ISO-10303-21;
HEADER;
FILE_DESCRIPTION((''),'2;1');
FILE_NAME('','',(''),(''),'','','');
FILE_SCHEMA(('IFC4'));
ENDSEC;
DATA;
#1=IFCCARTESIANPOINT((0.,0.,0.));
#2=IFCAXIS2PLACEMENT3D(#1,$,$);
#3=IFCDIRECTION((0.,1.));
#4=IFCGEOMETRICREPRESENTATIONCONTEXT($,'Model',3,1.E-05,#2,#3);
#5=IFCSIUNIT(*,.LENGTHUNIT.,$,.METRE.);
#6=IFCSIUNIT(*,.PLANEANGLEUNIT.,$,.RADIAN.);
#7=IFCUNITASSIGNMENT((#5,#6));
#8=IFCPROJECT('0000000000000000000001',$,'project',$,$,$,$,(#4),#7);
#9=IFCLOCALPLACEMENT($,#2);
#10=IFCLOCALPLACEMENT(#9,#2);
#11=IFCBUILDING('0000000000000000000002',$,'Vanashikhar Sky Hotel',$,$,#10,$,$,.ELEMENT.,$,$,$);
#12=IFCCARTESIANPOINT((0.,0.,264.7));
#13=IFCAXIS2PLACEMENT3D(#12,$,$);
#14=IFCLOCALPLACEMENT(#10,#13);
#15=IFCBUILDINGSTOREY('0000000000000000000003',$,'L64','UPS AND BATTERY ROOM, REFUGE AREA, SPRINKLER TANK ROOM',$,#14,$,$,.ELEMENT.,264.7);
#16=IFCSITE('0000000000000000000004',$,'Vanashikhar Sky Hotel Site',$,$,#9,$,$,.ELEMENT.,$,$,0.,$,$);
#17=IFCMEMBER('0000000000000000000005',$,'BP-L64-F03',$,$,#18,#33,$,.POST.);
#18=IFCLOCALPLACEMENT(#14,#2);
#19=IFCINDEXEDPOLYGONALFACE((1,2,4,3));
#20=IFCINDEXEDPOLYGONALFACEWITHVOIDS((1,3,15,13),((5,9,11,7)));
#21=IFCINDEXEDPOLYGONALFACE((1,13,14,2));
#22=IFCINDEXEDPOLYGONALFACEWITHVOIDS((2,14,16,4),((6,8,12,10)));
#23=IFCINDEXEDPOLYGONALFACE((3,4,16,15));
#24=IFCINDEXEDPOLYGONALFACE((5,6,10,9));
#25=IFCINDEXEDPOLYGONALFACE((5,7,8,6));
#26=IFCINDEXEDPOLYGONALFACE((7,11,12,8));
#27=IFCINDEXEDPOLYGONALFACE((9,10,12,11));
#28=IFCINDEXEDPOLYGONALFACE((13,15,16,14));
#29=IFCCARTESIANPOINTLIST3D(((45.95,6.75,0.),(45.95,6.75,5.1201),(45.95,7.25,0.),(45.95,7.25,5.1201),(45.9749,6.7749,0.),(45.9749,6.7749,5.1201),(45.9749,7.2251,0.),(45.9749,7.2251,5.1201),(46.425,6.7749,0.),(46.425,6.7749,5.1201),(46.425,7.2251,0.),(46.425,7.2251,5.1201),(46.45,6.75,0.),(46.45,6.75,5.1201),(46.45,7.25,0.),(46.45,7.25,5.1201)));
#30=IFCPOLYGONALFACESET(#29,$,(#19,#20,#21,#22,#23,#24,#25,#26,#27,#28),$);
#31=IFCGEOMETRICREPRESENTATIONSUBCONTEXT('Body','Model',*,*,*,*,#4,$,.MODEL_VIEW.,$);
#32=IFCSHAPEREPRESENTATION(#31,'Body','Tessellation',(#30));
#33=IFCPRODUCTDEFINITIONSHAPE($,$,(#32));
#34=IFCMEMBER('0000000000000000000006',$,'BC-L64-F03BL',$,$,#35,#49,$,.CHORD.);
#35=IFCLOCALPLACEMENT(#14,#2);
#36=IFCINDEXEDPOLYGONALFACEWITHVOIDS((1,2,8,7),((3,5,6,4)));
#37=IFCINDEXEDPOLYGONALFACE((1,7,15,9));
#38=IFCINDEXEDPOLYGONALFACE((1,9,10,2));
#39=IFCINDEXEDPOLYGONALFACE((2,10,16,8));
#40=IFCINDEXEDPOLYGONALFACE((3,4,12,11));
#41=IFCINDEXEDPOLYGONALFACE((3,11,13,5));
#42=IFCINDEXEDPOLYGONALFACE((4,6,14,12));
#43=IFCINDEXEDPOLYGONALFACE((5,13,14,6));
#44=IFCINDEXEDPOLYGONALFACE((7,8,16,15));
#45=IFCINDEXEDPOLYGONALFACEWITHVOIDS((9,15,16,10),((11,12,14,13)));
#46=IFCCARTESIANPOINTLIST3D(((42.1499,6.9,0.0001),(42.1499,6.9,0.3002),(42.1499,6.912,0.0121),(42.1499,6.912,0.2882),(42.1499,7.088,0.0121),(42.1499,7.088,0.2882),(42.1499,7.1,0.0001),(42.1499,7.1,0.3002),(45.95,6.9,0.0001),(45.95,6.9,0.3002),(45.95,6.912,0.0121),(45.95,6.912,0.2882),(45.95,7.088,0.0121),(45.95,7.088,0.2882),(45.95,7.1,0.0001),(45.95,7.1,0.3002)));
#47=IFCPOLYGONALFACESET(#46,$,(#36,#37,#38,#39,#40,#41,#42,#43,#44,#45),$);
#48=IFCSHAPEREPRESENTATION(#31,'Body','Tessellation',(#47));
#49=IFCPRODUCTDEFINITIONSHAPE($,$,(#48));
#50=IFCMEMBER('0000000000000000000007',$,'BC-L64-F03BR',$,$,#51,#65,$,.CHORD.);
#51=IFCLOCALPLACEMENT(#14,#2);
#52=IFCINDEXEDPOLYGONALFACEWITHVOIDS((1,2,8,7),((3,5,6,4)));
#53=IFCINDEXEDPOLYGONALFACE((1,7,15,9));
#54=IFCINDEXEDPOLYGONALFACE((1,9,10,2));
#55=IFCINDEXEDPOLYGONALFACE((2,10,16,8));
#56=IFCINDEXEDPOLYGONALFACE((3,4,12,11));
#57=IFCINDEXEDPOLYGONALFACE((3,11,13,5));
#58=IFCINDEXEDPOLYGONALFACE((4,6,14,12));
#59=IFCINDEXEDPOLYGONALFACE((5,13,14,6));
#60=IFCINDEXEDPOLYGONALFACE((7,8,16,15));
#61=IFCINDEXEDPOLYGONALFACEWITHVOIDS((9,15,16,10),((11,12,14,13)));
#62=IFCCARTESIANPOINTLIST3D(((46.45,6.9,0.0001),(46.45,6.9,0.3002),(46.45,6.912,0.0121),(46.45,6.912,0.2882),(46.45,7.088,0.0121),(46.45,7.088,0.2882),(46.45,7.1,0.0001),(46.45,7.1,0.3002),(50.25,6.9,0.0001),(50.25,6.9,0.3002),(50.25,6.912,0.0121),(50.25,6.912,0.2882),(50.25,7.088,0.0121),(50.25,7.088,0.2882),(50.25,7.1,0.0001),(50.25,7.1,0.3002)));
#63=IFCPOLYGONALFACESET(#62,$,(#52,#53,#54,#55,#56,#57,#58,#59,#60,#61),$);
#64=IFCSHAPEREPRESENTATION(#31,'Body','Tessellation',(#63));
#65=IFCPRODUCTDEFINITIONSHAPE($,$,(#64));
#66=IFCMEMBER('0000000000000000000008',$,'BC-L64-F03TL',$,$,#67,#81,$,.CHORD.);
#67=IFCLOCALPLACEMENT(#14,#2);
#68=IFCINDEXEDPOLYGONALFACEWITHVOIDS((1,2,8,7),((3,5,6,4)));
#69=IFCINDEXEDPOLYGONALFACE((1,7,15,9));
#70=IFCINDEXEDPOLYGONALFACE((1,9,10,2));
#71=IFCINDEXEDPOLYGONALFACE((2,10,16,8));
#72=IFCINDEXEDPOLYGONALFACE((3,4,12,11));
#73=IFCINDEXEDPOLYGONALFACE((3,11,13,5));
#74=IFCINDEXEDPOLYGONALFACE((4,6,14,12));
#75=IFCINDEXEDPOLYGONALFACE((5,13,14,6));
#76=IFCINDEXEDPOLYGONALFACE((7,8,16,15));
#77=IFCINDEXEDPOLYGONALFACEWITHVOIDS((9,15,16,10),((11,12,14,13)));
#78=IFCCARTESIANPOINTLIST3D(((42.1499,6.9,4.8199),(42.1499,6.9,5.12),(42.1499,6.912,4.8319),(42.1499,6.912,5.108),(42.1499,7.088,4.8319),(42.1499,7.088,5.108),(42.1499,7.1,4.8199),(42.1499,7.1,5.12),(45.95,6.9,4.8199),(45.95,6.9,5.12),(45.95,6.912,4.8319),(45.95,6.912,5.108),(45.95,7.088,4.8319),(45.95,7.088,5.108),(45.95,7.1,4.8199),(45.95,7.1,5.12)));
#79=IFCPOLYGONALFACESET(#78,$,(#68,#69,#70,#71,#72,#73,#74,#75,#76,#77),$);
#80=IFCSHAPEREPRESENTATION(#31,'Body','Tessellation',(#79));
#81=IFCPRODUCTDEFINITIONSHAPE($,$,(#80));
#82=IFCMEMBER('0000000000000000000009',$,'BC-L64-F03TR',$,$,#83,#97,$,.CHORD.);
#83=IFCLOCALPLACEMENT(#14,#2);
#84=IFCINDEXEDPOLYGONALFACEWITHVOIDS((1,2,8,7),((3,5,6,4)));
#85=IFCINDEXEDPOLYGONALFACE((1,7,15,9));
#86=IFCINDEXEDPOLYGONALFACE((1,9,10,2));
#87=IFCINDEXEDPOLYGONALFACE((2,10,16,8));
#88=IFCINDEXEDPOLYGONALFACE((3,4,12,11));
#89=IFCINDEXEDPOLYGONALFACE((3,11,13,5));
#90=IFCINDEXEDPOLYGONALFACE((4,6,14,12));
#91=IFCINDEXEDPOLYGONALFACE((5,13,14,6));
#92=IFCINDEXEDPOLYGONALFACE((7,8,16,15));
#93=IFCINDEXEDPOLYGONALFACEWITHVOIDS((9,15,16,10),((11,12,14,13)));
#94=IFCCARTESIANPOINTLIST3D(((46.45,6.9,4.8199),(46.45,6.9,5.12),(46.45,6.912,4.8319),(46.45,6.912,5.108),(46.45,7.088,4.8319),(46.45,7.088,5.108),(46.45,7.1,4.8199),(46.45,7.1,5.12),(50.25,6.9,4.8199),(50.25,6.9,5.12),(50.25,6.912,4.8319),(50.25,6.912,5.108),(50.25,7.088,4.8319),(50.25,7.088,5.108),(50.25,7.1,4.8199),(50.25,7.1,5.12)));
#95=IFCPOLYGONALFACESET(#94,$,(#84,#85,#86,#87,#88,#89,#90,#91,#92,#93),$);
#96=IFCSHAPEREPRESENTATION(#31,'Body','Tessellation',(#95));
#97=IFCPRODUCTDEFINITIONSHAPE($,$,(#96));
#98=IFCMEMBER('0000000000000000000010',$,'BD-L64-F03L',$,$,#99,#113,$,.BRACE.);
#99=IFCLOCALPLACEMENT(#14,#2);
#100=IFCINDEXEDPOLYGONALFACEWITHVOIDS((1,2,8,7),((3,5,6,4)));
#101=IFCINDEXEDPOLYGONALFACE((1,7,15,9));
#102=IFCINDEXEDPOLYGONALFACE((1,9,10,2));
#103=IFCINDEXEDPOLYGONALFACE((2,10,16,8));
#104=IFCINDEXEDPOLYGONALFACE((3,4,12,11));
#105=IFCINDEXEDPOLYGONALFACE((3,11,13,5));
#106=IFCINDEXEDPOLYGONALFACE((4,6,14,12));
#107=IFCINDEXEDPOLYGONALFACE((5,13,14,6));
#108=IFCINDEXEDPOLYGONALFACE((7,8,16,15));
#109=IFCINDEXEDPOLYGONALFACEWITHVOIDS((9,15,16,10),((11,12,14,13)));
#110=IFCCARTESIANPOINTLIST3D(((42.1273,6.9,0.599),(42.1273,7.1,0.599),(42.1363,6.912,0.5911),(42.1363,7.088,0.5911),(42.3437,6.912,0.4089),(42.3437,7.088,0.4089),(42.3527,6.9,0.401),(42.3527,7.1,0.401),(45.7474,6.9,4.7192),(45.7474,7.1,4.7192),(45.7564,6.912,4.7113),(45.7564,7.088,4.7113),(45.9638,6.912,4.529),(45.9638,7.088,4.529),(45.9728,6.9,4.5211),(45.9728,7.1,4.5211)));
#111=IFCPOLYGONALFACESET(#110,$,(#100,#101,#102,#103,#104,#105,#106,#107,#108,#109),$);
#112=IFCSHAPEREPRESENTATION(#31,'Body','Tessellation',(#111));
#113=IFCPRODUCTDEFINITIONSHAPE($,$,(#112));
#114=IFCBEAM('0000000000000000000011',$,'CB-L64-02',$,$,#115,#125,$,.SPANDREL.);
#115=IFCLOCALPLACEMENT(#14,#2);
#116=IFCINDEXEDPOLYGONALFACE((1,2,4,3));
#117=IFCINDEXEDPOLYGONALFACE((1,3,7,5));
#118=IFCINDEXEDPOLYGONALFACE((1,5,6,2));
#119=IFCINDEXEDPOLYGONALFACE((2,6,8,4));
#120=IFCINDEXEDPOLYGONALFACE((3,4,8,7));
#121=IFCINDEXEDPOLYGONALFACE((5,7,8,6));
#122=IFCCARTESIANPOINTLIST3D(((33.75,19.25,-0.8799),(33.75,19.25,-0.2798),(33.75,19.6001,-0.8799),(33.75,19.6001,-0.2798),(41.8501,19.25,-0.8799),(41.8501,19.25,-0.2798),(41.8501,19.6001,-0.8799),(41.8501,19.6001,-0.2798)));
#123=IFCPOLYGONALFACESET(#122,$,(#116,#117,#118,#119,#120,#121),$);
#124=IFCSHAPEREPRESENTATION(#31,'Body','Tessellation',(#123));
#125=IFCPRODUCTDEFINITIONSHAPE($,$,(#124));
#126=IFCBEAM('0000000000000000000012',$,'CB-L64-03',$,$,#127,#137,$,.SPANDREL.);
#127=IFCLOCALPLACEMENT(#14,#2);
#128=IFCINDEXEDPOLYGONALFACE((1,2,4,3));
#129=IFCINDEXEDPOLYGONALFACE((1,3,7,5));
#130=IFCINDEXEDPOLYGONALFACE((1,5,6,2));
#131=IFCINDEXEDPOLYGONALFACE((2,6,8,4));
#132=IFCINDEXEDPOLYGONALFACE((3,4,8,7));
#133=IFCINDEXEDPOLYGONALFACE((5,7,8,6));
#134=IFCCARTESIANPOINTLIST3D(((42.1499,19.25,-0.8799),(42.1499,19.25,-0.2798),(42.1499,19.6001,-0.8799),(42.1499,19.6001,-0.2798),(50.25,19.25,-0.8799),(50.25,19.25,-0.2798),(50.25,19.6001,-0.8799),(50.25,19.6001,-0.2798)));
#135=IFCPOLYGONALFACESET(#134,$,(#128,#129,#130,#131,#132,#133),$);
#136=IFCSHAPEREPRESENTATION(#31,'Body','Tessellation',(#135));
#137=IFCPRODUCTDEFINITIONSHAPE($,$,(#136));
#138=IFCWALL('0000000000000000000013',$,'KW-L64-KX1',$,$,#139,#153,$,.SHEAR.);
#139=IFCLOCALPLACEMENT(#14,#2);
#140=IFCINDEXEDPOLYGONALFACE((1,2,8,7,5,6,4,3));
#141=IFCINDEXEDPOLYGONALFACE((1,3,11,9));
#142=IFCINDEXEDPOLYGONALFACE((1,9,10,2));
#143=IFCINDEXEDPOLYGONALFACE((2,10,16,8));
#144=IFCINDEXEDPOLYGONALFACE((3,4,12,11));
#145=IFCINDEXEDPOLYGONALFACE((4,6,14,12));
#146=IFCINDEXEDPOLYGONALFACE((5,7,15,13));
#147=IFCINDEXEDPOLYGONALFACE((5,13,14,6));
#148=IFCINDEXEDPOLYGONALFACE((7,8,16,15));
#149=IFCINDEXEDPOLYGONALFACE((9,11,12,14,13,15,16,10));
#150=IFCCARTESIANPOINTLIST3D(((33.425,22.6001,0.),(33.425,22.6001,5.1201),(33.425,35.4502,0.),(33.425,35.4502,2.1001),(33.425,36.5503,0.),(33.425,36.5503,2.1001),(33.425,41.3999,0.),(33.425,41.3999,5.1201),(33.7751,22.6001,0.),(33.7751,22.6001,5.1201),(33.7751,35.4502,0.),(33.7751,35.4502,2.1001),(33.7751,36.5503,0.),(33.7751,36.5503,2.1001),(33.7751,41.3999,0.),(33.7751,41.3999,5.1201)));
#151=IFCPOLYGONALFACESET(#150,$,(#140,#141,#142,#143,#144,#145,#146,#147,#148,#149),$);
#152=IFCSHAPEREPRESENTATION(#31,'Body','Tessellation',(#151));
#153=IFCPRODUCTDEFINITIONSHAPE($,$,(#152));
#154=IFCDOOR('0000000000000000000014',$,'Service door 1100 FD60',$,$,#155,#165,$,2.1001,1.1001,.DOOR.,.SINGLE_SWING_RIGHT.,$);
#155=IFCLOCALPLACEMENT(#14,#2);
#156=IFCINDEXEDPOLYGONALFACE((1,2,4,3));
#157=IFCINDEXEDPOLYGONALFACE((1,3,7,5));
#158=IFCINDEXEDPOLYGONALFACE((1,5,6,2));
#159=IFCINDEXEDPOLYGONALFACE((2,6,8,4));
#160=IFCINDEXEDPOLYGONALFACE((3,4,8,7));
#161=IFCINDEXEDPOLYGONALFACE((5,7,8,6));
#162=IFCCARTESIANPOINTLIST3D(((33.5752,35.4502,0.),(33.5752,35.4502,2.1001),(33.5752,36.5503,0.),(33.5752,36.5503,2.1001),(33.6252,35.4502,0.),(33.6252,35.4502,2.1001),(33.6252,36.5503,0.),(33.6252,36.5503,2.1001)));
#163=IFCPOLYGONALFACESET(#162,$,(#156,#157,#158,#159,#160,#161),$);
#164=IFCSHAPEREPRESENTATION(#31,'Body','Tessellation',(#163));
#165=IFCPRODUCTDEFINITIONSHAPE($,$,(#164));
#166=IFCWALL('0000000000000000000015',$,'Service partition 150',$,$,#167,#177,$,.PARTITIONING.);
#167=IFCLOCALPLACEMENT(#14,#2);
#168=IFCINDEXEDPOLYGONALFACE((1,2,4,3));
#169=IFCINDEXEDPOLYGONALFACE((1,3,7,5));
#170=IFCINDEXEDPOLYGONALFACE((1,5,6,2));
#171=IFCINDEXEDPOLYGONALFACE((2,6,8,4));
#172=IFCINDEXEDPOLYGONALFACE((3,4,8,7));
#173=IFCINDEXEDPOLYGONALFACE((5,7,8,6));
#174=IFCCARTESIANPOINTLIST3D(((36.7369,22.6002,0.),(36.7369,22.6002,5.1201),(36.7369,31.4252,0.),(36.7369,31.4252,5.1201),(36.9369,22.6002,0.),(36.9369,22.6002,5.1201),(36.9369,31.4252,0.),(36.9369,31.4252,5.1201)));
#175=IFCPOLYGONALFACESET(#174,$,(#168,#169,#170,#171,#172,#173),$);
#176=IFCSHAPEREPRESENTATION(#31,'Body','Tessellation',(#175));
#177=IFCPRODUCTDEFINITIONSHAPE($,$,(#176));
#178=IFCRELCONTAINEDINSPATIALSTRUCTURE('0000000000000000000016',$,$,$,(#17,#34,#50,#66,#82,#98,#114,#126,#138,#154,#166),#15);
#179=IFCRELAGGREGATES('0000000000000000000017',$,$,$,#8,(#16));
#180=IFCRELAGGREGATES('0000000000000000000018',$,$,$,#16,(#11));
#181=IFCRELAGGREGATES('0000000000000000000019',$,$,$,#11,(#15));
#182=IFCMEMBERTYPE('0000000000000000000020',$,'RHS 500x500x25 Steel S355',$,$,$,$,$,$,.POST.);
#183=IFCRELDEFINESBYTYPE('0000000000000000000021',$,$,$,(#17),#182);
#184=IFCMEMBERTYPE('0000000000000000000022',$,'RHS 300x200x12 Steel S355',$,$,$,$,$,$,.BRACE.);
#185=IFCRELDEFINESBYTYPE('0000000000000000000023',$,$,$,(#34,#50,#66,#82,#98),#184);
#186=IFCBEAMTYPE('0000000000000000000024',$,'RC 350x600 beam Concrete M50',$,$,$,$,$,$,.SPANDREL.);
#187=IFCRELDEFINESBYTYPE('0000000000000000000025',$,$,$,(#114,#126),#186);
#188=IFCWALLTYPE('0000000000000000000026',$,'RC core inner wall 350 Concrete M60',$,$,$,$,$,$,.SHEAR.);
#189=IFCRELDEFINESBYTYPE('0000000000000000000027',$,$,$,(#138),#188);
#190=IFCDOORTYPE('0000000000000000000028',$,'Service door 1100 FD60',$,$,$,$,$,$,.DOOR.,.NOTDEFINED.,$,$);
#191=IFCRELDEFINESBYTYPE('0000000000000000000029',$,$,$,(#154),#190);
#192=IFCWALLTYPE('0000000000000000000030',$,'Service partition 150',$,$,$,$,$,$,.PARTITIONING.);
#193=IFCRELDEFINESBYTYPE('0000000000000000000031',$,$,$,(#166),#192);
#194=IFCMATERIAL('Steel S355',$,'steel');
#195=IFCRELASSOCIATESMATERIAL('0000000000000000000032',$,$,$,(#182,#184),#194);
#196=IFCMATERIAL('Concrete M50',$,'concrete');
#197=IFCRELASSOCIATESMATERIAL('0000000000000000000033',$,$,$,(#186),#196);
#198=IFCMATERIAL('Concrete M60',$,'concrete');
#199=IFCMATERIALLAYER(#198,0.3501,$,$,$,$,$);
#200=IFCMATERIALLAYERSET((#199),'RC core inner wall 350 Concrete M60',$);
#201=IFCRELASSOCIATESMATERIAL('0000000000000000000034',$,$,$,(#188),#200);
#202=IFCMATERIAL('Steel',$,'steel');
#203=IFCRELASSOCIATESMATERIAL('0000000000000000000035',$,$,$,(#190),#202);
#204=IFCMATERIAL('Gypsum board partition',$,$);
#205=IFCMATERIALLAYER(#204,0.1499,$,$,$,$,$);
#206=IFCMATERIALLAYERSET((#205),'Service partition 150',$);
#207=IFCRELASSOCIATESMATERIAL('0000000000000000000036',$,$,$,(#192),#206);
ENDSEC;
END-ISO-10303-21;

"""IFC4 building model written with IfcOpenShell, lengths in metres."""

from ifc_helpers import new_model, si_unit, direction, frame, frame_2d, origin, origin_2d, place, context, subcontext, project, spatial, rectangle, hollow_rectangle, extrude, source, transform, mapped, material, layer, layer_set, material_profile, profile_set, type_object, element, fill, save


model = new_model("IFC4")

# Units and contexts
model_context = context("Model", 3, precision=1e-05, world=origin(), true_north=direction((0.0, 1.0)))
body_context = subcontext(model_context, "Body", "Model", "MODEL_VIEW")
ifc_project = project(units=[si_unit("LENGTHUNIT", "METRE"), si_unit("PLANEANGLEUNIT", "RADIAN")], contexts=[model_context])

# Site, building, storey
site_placement = place(None, origin())
site = spatial("IfcSite", under=ifc_project, at=site_placement, Name="Vanashikhar Sky Hotel Site", CompositionType="ELEMENT", RefElevation=0.0)
building_placement = place(site_placement, origin())
building = spatial("IfcBuilding", under=site, at=building_placement, Name="Vanashikhar Sky Hotel", CompositionType="ELEMENT")
storey_placement = place(building_placement, frame((0.0, 0.0, 264.7)))
storey = spatial("IfcBuildingStorey", under=building, at=storey_placement, Name="L64", Description="UPS AND BATTERY ROOM, REFUGE AREA, SPRINKLER TANK ROOM", CompositionType="ELEMENT", Elevation=264.7)

# Members
ifc_material_1 = material(Name="Steel S355", Category="steel")
ifc_material_profile_1 = material_profile(ifc_material_1, hollow_rectangle(XDim=0.5, YDim=0.5, WallThickness=0.0249, at=origin_2d()))
ifc_profile_set_1 = profile_set([ifc_material_profile_1], Name="RHS 500x500x25 Steel S355")
member_type_1 = type_object("IfcMemberType", Name="RHS 500x500x25 Steel S355", PredefinedType="POST", material=ifc_profile_set_1)
shared_shape_1 = source(origin(), body_context, "Body", "SweptSolid", [
    extrude(hollow_rectangle(XDim=0.5, YDim=0.5, WallThickness=0.0249, at=origin_2d()), origin(), (0.0, 0.0, 1.0), 5.1201),
])
member_1_placement = place(storey_placement, frame((46.2, 7.0, 0.0), z_axis=(0.0, 0.0, 1.0), x_axis=(1.0, 0.0, 0.0)))
element("IfcMember", 1, at=member_1_placement, inside=storey, type_object=member_type_1, Name="BP-L64-F03", PredefinedType="POST", context=body_context, shape_type="MappedRepresentation", body=[
    mapped(shared_shape_1, transform((0.0, 0.0, 0.0), scale=1.0)),
])
ifc_material_profile_2 = material_profile(ifc_material_1, hollow_rectangle(XDim=0.2, YDim=0.3, WallThickness=0.012, at=origin_2d()))
ifc_profile_set_2 = profile_set([ifc_material_profile_2], Name="RHS 300x200x12 Steel S355")
member_type_2 = type_object("IfcMemberType", Name="RHS 300x200x12 Steel S355", PredefinedType="BRACE", material=ifc_profile_set_2)
shared_shape_2 = source(origin(), body_context, "Body", "SweptSolid", [
    extrude(hollow_rectangle(XDim=0.2, YDim=0.3, WallThickness=0.012, at=origin_2d()), origin(), (0.0, 0.0, 1.0), 3.8),
])
for number, where, z_axis, x_axis, name in (
    (2, (42.1499, 7.0, 0.1501), (1.0, 0.0, 0.0), (0.0, 1.0, 0.0), "BC-L64-F03BL"),
    (3, (46.45, 7.0, 0.1501), (1.0, 0.0, 0.0), (0.0, 1.0, 0.0), "BC-L64-F03BR"),
    (4, (42.1499, 7.0, 4.97), (1.0, 0.0, 0.0), (0.0, 1.0, 0.0), "BC-L64-F03TL"),
    (5, (46.45, 7.0, 4.97), (1.0, 0.0, 0.0), (0.0, 1.0, 0.0), "BC-L64-F03TR"),
):
    element("IfcMember", number, at=place(storey_placement, frame(where, z_axis=z_axis, x_axis=x_axis)), inside=storey, type_object=member_type_2, Name=name, PredefinedType="CHORD", context=body_context, shape_type="MappedRepresentation", body=[
        mapped(shared_shape_2, transform((0.0, 0.0, 0.0), scale=1.0)),
    ])
shared_shape_3 = source(origin(), body_context, "Body", "SweptSolid", [
    extrude(hollow_rectangle(XDim=0.2, YDim=0.3, WallThickness=0.012, at=origin_2d()), origin(), (0.0, 0.0, 1.0), 5.4846),
])
member_2_placement = place(storey_placement, frame((42.24, 7.0, 0.5), z_axis=(0.660054, 0.0, 0.751218), x_axis=(0.0, 1.0, 0.0)))
element("IfcMember", 6, at=member_2_placement, inside=storey, type_object=member_type_2, Name="BD-L64-F03L", PredefinedType="BRACE", context=body_context, shape_type="MappedRepresentation", body=[
    mapped(shared_shape_3, transform((0.0, 0.0, 0.0), scale=1.0)),
])

# Beams
ifc_material_2 = material(Name="Concrete M50", Category="concrete")
ifc_material_profile_3 = material_profile(ifc_material_2, rectangle(XDim=0.3501, YDim=0.6001, at=origin_2d()))
ifc_profile_set_3 = profile_set([ifc_material_profile_3], Name="RC 350x600 beam Concrete M50")
beam_type = type_object("IfcBeamType", Name="RC 350x600 beam Concrete M50", PredefinedType="SPANDREL", material=ifc_profile_set_3)
shared_shape_4 = source(origin(), body_context, "Body", "SweptSolid", [
    extrude(rectangle(XDim=0.3501, YDim=0.6001, at=origin_2d()), origin(), (0.0, 0.0, 1.0), 8.1001),
])
for number, where, z_axis, x_axis, name in (
    (7, (33.75, 19.425, -0.5798), (1.0, 0.0, 0.0), (0.0, 1.0, 0.0), "CB-L64-02"),
    (8, (42.1499, 19.425, -0.5798), (1.0, 0.0, 0.0), (0.0, 1.0, 0.0), "CB-L64-03"),
):
    element("IfcBeam", number, at=place(storey_placement, frame(where, z_axis=z_axis, x_axis=x_axis)), inside=storey, type_object=beam_type, Name=name, PredefinedType="SPANDREL", context=body_context, shape_type="MappedRepresentation", body=[
        mapped(shared_shape_4, transform((0.0, 0.0, 0.0), scale=1.0)),
    ])

# Wall, opening, door
ifc_material_3 = material(Name="Concrete M60", Category="concrete")
ifc_layer_1 = layer(ifc_material_3, 0.3501)
ifc_layer_set_1 = layer_set([ifc_layer_1], Name="RC core inner wall 350 Concrete M60")
wall_type_1 = type_object("IfcWallType", Name="RC core inner wall 350 Concrete M60", PredefinedType="SHEAR", material=ifc_layer_set_1)
shared_shape_5 = source(origin(), body_context, "Body", "SweptSolid", [
    extrude(rectangle(XDim=18.7998, YDim=0.3501, at=frame_2d((9.3999, 0.0))), origin(), (0.0, 0.0, 1.0), 5.1201),
])
wall_1_placement = place(storey_placement, frame((33.6001, 22.6001, 0.0), z_axis=(0.0, 0.0, 1.0), x_axis=(0.0, 1.0, 0.0)))
wall_1 = element("IfcWall", 9, at=wall_1_placement, inside=storey, type_object=wall_type_1, Name="KW-L64-KX1", PredefinedType="SHEAR", context=body_context, shape_type="MappedRepresentation", body=[
    mapped(shared_shape_5, transform((0.0, 0.0, 0.0), scale=1.0)),
])
shared_shape_6 = source(origin(), body_context, "Body", "SweptSolid", [
    extrude(rectangle(XDim=1.1001, YDim=2.1001, at=frame_2d((0.55, 1.05))), frame((0.0, 0.1851, 0.0), z_axis=(0.0, -1.0, 0.0), x_axis=(1.0, 0.0, 0.0)), (0.0, 0.0, 1.0), 0.3701),
])
opening_1_placement = place(wall_1_placement, frame((12.8501, 0.0, 0.0)))
opening_1 = element("IfcOpeningElement", 10, at=opening_1_placement, cuts=wall_1, PredefinedType="OPENING", context=body_context, shape_type="MappedRepresentation", body=[
    mapped(shared_shape_6, transform((0.0, 0.0, 0.0), scale=1.0)),
])
ifc_material_4 = material(Name="Steel", Category="steel")
door_type_1 = type_object("IfcDoorType", Name="Service door 1100 FD60", OperationType="NOTDEFINED", PredefinedType="DOOR", material=ifc_material_4)
shared_shape_7 = source(origin(), body_context, "Body", "SweptSolid", [
    extrude(rectangle(XDim=1.1001, YDim=2.1001, at=frame_2d((0.55, 1.05))), frame((0.0, 0.0249, 0.0), z_axis=(0.0, -1.0, 0.0), x_axis=(1.0, 0.0, 0.0)), (0.0, 0.0, 1.0), 0.05),
])
door_1_placement = place(opening_1_placement, origin())
door_1 = element("IfcDoor", 11, at=door_1_placement, inside=storey, type_object=door_type_1, Name="Service door 1100 FD60", OperationType="SINGLE_SWING_RIGHT", OverallHeight=2.1001, OverallWidth=1.1001, PredefinedType="DOOR", context=body_context, shape_type="MappedRepresentation", body=[
    mapped(shared_shape_7, transform((0.0, 0.0, 0.0), scale=1.0)),
])
fill(opening_1, door_1)

# Wall
ifc_material_5 = material(Name="Gypsum board partition")
ifc_layer_2 = layer(ifc_material_5, 0.1499)
ifc_layer_set_2 = layer_set([ifc_layer_2], Name="Service partition 150")
wall_type_2 = type_object("IfcWallType", Name="Service partition 150", PredefinedType="PARTITIONING", material=ifc_layer_set_2)
shared_shape_8 = source(origin(), body_context, "Body", "SweptSolid", [
    extrude(rectangle(XDim=8.825, YDim=0.2, at=frame_2d((4.4126, 0.0))), origin(), (0.0, 0.0, 1.0), 5.1201),
])
wall_2_placement = place(storey_placement, frame((36.8369, 22.6001, 0.0), z_axis=(0.0, 0.0, 1.0), x_axis=(0.0, 1.0, 0.0)))
element("IfcWall", 12, at=wall_2_placement, inside=storey, type_object=wall_type_2, Name="Service partition 150", PredefinedType="PARTITIONING", context=body_context, shape_type="MappedRepresentation", body=[
    mapped(shared_shape_8, transform((0.0, 0.0, 0.0), scale=1.0)),
])

save(model, "model.ifc")
